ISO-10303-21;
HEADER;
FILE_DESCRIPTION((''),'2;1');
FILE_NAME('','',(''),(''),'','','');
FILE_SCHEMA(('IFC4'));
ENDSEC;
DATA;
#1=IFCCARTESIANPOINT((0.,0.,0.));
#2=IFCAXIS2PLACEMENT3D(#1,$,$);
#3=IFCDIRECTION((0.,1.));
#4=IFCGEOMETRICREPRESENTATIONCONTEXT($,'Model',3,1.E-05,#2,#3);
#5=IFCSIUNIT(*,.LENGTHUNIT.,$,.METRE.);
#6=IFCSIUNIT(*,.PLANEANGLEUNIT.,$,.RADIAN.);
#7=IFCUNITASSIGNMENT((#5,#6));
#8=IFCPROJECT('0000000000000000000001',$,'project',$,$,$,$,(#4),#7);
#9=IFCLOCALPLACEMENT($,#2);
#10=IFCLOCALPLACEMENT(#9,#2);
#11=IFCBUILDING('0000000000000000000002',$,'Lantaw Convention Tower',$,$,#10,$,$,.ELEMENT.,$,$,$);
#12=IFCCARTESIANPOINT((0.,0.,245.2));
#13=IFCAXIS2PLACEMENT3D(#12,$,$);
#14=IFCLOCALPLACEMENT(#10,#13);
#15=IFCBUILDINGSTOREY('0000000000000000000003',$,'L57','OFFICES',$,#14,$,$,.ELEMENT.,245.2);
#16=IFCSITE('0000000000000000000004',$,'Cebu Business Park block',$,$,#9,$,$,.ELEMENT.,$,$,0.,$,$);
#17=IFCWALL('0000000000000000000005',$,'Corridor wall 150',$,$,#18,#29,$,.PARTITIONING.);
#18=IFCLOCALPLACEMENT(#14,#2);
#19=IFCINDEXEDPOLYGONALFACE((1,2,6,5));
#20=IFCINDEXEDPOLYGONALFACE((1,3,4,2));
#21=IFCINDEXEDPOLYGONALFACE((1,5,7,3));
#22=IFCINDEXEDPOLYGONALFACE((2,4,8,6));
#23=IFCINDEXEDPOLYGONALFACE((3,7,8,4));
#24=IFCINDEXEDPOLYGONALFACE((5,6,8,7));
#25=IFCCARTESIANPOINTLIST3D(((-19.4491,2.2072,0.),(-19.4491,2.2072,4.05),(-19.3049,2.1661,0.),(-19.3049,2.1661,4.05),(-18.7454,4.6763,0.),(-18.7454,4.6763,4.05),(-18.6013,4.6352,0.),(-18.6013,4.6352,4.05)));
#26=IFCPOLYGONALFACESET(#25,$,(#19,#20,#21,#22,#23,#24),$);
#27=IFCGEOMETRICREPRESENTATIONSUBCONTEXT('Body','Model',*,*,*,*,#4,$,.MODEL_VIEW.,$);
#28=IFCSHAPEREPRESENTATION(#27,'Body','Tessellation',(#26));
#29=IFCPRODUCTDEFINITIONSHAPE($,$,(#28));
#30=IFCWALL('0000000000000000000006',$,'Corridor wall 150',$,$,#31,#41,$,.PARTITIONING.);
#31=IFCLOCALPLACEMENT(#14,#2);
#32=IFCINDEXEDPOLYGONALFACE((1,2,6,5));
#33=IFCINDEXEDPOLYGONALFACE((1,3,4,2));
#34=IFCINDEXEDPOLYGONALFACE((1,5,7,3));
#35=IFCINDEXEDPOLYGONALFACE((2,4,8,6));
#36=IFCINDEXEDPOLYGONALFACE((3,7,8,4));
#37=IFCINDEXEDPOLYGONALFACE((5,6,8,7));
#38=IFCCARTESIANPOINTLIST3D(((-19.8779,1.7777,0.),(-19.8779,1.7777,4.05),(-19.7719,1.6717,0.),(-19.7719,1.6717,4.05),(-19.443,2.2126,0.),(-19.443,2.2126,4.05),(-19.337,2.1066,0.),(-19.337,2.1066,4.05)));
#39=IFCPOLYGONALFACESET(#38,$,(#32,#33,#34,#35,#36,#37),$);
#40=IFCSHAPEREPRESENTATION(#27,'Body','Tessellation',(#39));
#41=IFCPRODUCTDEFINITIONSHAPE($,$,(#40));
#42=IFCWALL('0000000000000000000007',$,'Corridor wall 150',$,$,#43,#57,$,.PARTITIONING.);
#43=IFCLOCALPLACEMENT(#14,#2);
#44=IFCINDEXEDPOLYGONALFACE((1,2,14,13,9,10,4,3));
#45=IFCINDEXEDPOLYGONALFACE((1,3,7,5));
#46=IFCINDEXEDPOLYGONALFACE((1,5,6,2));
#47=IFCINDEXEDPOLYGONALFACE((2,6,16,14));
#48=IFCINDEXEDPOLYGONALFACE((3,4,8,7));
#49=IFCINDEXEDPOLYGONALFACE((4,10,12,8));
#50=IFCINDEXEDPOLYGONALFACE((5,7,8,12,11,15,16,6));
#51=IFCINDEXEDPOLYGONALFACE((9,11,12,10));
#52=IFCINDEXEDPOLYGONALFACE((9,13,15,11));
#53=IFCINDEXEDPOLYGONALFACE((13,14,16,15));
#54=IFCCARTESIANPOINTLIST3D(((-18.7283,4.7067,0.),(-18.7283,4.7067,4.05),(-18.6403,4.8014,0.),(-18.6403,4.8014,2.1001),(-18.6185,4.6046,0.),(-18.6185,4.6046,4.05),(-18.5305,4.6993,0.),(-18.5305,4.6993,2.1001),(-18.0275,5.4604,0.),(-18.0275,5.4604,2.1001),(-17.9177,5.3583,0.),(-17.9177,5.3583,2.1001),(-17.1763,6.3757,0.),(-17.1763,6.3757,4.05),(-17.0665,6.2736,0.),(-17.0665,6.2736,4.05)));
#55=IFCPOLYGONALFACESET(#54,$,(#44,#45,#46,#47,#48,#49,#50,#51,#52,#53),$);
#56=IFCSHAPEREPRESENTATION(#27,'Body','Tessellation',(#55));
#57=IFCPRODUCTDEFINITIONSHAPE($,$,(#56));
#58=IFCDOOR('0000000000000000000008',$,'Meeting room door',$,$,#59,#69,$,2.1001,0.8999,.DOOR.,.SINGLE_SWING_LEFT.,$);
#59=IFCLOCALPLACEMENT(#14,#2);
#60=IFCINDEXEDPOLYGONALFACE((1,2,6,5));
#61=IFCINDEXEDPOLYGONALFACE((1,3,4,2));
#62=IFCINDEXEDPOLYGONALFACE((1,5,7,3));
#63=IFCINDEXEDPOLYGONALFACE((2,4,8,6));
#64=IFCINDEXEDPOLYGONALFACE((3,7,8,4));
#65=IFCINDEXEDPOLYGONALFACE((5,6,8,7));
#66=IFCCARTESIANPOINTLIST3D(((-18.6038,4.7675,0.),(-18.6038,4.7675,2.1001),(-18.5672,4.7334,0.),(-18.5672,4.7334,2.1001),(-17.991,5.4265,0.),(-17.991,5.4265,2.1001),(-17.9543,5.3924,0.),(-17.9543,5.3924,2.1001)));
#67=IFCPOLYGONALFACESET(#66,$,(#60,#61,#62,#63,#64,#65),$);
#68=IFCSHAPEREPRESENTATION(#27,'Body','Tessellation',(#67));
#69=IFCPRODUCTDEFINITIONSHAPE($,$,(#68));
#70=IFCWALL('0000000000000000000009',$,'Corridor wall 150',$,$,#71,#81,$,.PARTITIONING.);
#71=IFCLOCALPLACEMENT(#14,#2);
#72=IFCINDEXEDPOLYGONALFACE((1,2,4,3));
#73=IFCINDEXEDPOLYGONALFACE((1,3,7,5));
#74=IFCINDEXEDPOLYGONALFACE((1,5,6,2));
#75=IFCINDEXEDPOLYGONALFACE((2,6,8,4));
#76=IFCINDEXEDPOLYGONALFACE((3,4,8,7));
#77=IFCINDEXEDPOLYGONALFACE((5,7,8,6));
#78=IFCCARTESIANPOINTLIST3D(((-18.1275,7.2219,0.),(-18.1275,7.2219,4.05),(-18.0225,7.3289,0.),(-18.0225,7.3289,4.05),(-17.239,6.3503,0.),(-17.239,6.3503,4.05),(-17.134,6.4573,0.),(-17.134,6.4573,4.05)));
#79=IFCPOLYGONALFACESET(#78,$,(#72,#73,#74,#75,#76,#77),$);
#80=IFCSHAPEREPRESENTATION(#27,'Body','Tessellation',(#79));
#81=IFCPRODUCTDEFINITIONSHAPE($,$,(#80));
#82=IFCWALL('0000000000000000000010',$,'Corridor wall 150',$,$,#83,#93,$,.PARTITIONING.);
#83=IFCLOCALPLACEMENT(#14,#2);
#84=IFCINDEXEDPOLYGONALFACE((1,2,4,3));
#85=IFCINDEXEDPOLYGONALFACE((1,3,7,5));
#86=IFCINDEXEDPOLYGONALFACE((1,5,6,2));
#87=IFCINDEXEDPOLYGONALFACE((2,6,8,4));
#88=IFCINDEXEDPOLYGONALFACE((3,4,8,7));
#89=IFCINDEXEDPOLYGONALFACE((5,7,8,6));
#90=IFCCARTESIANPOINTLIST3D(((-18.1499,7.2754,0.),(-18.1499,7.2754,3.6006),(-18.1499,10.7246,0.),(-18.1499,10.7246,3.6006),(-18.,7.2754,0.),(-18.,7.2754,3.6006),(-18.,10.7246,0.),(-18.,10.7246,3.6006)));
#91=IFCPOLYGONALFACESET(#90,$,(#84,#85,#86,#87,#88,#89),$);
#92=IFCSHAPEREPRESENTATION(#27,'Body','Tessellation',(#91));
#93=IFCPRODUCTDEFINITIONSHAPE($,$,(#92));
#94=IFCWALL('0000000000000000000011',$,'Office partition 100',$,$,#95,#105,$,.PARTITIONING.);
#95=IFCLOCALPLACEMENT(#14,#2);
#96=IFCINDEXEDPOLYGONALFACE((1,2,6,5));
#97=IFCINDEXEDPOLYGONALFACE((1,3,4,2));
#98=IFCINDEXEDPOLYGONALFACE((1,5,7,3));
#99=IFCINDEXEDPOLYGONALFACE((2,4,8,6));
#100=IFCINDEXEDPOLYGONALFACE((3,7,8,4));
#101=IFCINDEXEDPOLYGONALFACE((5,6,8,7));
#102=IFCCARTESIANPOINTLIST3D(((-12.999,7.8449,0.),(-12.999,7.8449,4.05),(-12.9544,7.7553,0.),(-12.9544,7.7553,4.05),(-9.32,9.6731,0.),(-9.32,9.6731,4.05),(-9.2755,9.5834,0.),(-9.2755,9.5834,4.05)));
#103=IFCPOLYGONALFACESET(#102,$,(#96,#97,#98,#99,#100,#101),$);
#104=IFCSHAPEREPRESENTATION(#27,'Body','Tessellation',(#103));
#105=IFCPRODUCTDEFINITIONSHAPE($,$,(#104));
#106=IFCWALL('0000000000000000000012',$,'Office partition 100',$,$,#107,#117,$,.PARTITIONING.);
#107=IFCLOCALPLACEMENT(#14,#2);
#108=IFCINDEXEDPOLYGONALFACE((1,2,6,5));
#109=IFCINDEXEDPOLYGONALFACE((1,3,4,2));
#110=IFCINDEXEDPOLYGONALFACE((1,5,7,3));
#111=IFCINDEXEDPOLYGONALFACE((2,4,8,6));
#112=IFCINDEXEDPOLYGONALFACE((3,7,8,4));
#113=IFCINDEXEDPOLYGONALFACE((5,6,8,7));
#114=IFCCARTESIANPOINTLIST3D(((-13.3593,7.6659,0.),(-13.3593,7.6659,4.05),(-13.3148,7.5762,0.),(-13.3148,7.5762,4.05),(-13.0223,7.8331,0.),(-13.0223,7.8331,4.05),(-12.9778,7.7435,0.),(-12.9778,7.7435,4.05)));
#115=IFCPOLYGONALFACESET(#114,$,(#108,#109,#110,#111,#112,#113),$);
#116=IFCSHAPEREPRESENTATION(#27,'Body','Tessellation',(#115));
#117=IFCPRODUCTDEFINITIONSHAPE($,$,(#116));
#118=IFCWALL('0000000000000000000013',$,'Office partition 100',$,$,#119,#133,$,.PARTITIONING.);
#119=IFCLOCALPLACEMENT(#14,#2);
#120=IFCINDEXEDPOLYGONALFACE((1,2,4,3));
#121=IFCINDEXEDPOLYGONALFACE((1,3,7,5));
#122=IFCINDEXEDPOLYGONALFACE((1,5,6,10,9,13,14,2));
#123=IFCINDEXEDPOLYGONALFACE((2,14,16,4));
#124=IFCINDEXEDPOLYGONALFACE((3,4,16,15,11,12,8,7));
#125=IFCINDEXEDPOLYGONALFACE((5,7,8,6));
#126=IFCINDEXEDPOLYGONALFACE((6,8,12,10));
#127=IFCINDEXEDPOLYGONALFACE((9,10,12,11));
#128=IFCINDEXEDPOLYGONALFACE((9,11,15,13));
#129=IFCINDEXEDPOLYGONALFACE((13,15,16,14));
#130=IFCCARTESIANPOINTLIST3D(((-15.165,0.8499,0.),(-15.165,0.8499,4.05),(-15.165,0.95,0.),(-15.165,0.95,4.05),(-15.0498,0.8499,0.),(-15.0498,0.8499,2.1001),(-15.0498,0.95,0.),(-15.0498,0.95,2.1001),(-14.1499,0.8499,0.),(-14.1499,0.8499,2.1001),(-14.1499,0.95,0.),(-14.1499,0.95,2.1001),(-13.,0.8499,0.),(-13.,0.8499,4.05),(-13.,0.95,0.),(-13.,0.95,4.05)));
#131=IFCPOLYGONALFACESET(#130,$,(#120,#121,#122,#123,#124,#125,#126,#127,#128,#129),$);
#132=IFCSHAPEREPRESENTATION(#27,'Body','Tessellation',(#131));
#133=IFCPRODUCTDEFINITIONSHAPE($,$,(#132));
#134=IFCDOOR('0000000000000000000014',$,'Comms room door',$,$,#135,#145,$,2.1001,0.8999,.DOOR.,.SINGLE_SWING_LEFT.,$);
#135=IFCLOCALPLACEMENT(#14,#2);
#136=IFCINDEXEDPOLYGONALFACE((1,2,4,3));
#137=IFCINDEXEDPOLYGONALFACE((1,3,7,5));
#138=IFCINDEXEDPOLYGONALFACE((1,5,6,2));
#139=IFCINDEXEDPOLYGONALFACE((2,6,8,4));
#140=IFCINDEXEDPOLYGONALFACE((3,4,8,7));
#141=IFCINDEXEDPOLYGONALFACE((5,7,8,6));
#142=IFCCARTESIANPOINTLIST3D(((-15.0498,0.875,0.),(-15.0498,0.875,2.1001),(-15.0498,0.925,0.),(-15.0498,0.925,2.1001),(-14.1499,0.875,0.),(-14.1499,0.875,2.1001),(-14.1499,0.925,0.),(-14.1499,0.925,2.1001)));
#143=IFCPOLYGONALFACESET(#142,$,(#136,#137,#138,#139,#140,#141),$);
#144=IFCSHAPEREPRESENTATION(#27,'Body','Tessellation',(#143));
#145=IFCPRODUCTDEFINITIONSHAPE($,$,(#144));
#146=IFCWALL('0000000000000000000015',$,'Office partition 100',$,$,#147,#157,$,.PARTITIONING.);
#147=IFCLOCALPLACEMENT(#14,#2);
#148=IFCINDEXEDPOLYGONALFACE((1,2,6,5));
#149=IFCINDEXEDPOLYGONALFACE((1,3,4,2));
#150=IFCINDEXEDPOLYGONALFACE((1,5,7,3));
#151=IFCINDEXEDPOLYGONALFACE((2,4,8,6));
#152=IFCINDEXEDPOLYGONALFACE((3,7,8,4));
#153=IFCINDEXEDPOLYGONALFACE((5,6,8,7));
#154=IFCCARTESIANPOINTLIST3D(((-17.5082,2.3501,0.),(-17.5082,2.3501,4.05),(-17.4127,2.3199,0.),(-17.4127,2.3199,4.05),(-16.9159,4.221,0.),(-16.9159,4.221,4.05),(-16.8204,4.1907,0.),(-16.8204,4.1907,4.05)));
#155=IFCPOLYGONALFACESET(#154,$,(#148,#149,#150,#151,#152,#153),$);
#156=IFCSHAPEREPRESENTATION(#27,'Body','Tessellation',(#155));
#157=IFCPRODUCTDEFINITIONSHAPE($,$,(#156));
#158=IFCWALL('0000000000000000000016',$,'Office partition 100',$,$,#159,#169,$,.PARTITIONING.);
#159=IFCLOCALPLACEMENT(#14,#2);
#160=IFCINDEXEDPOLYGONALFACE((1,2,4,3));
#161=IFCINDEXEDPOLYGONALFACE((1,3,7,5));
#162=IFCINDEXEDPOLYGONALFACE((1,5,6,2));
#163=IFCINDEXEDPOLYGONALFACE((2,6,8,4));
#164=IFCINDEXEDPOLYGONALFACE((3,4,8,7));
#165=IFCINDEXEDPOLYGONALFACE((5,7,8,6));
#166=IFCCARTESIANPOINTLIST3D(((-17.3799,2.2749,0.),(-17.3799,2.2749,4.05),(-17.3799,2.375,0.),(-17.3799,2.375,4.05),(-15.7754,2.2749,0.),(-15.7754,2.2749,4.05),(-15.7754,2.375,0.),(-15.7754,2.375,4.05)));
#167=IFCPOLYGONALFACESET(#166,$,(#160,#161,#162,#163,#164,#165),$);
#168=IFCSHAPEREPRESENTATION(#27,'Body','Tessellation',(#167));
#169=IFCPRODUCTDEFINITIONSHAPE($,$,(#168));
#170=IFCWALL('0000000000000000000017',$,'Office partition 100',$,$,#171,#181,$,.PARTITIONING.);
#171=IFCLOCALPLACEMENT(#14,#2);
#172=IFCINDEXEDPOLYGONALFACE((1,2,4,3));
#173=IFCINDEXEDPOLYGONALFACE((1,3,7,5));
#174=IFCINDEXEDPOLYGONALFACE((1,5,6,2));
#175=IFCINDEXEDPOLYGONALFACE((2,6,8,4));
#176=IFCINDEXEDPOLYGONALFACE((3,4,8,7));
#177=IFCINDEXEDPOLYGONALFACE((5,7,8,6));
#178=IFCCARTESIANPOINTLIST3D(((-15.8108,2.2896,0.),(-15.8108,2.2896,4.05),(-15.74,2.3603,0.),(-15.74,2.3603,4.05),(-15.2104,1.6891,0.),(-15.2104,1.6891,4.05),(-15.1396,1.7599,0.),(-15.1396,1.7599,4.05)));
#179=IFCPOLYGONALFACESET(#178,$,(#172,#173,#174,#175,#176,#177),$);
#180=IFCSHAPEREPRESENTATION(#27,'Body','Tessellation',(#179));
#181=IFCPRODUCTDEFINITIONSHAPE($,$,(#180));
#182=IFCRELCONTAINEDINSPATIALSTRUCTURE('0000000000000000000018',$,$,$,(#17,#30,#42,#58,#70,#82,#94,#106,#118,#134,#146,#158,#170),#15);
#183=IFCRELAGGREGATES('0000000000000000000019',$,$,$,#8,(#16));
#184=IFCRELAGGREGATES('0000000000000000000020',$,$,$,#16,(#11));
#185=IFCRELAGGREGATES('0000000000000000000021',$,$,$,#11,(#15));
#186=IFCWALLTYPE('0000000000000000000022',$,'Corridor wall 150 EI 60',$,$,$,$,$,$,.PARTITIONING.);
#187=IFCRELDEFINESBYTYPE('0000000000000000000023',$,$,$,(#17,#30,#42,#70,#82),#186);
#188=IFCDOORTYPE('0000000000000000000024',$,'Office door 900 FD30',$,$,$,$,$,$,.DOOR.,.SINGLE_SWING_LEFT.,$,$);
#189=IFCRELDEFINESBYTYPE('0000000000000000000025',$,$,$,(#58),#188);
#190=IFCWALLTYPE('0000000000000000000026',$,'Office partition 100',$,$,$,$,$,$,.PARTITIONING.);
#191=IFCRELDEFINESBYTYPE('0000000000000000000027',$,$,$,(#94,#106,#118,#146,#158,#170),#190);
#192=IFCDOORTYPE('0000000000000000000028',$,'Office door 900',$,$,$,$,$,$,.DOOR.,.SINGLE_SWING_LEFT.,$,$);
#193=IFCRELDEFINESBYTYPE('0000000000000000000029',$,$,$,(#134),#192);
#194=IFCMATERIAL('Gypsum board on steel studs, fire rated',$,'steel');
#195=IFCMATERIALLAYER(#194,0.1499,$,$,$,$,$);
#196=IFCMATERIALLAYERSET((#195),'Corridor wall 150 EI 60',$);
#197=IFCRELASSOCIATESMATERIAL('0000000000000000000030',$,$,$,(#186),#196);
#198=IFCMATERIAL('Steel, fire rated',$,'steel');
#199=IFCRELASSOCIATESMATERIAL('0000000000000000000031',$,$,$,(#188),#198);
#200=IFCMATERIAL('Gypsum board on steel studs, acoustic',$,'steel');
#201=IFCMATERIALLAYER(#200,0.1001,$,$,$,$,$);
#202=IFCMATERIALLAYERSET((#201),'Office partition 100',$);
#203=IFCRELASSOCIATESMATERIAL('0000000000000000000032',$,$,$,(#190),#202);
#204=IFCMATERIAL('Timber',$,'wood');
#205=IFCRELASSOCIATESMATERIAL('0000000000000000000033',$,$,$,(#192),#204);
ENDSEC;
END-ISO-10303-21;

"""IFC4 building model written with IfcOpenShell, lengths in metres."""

from ifc_helpers import new_model, si_unit, direction, frame, frame_2d, origin, place, context, subcontext, project, spatial, rectangle, extrude, material, layer, layer_set, type_object, element, fill, save


model = new_model("IFC4")

# Units and contexts
model_context = context("Model", 3, precision=1e-05, world=origin(), true_north=direction((0.0, 1.0)))
body_context = subcontext(model_context, "Body", "Model", "MODEL_VIEW")
ifc_project = project(units=[si_unit("LENGTHUNIT", "METRE"), si_unit("PLANEANGLEUNIT", "RADIAN")], contexts=[model_context])

# Site, building, storey
site_placement = place(None, origin())
site = spatial("IfcSite", under=ifc_project, at=site_placement, Name="Cebu Business Park block", CompositionType="ELEMENT", RefElevation=0.0)
building_placement = place(site_placement, origin())
building = spatial("IfcBuilding", under=site, at=building_placement, Name="Lantaw Convention Tower", CompositionType="ELEMENT")
storey_placement = place(building_placement, frame((0.0, 0.0, 245.2)))
storey = spatial("IfcBuildingStorey", under=building, at=storey_placement, Name="L57", Description="OFFICES", CompositionType="ELEMENT", Elevation=245.2)

# Walls
ifc_material_1 = material(Name="Gypsum board on steel studs, fire rated", Category="steel")
ifc_layer_1 = layer(ifc_material_1, 0.1499)
ifc_layer_set_1 = layer_set([ifc_layer_1], Name="Corridor wall 150 EI 60")
wall_type_1 = type_object("IfcWallType", Name="Corridor wall 150 EI 60", PredefinedType="PARTITIONING", material=ifc_layer_set_1)
wall_1_placement = place(storey_placement, frame((-18.6733, 4.6558, 0.0), z_axis=(0.0, 0.0, 1.0), x_axis=(-0.274068, -0.96171, 0.0)))
element("IfcWall", 1, at=wall_1_placement, inside=storey, type_object=wall_type_1, Name="Corridor wall 150", PredefinedType="PARTITIONING", context=body_context, shape_type="SweptSolid", body=[
    extrude(rectangle(XDim=2.5674, YDim=0.1499, at=frame_2d((1.2837, 0.0))), origin(), (0.0, 0.0, 1.0), 4.05),
])
wall_2_placement = place(storey_placement, frame((-19.825, 1.7246, 0.0), z_axis=(0.0, 0.0, 1.0), x_axis=(0.707107, 0.707107, 0.0)))
element("IfcWall", 2, at=wall_2_placement, inside=storey, type_object=wall_type_1, Name="Corridor wall 150", PredefinedType="PARTITIONING", context=body_context, shape_type="SweptSolid", body=[
    extrude(rectangle(XDim=0.615, YDim=0.1499, at=frame_2d((0.3076, 0.0))), origin(), (0.0, 0.0, 1.0), 4.05),
])

# Wall, opening, door
wall_3_placement = place(storey_placement, frame((-17.1213, 6.3247, 0.0), z_axis=(0.0, 0.0, 1.0), x_axis=(-0.680985, -0.732297, 0.0)))
wall_3 = element("IfcWall", 3, at=wall_3_placement, inside=storey, type_object=wall_type_1, Name="Corridor wall 150", PredefinedType="PARTITIONING", context=body_context, shape_type="SweptSolid", body=[
    extrude(rectangle(XDim=2.2791, YDim=0.1499, at=frame_2d((1.1396, 0.0))), origin(), (0.0, 0.0, 1.0), 4.05),
])
opening_1_placement = place(wall_3_placement, frame((1.25, 0.0, 0.0)))
opening_1 = element("IfcOpeningElement", 4, at=opening_1_placement, cuts=wall_3, PredefinedType="OPENING", context=body_context, shape_type="SweptSolid", body=[
    extrude(rectangle(XDim=0.8999, YDim=2.1001, at=frame_2d((0.45, 1.05))), frame((0.0, 0.085, 0.0), z_axis=(0.0, -1.0, 0.0), x_axis=(1.0, 0.0, 0.0)), (0.0, 0.0, 1.0), 0.1699),
])
ifc_material_2 = material(Name="Steel, fire rated", Category="steel")
door_type_1 = type_object("IfcDoorType", Name="Office door 900 FD30", OperationType="SINGLE_SWING_LEFT", PredefinedType="DOOR", material=ifc_material_2)
door_1_placement = place(opening_1_placement, origin())
door_1 = element("IfcDoor", 5, at=door_1_placement, inside=storey, type_object=door_type_1, Name="Meeting room door", OperationType="SINGLE_SWING_LEFT", OverallHeight=2.1001, OverallWidth=0.8999, PredefinedType="DOOR", context=body_context, shape_type="SweptSolid", body=[
    extrude(rectangle(XDim=0.8999, YDim=2.1001, at=frame_2d((0.45, 1.05))), frame((0.0, 0.0249, 0.0), z_axis=(0.0, -1.0, 0.0), x_axis=(1.0, 0.0, 0.0)), (0.0, 0.0, 1.0), 0.05),
])
fill(opening_1, door_1)

# Walls
wall_4_placement = place(storey_placement, frame((-17.1865, 6.4038, 0.0), z_axis=(0.0, 0.0, 1.0), x_axis=(-0.713842, 0.700307, 0.0)))
element("IfcWall", 6, at=wall_4_placement, inside=storey, type_object=wall_type_1, Name="Corridor wall 150", PredefinedType="PARTITIONING", context=body_context, shape_type="SweptSolid", body=[
    extrude(rectangle(XDim=1.2446, YDim=0.1499, at=frame_2d((0.6223, 0.0))), origin(), (0.0, 0.0, 1.0), 4.05),
])
wall_5_placement = place(storey_placement, frame((-18.075, 7.2754, 0.0), z_axis=(0.0, 0.0, 1.0), x_axis=(0.0, 1.0, 0.0)))
element("IfcWall", 7, at=wall_5_placement, inside=storey, type_object=wall_type_1, Name="Corridor wall 150", PredefinedType="PARTITIONING", context=body_context, shape_type="SweptSolid", body=[
    extrude(rectangle(XDim=3.4492, YDim=0.1499, at=frame_2d((1.7246, 0.0))), origin(), (0.0, 0.0, 1.0), 3.6006),
])
ifc_material_3 = material(Name="Gypsum board on steel studs, acoustic", Category="steel")
ifc_layer_2 = layer(ifc_material_3, 0.1001)
ifc_layer_set_2 = layer_set([ifc_layer_2], Name="Office partition 100")
wall_type_2 = type_object("IfcWallType", Name="Office partition 100", PredefinedType="PARTITIONING", material=ifc_layer_set_2)
wall_6_placement = place(storey_placement, frame((-12.9768, 7.8, 0.0), z_axis=(0.0, 0.0, 1.0), x_axis=(0.89553, 0.445001, 0.0)))
element("IfcWall", 8, at=wall_6_placement, inside=storey, type_object=wall_type_2, Name="Office partition 100", PredefinedType="PARTITIONING", context=body_context, shape_type="SweptSolid", body=[
    extrude(rectangle(XDim=4.1082, YDim=0.1001, at=frame_2d((2.0542, 0.0))), origin(), (0.0, 0.0, 1.0), 4.05),
])
wall_7_placement = place(storey_placement, frame((-13.3369, 7.6211, 0.0), z_axis=(0.0, 0.0, 1.0), x_axis=(0.895722, 0.444615, 0.0)))
element("IfcWall", 9, at=wall_7_placement, inside=storey, type_object=wall_type_2, Name="Office partition 100", PredefinedType="PARTITIONING", context=body_context, shape_type="SweptSolid", body=[
    extrude(rectangle(XDim=0.3762, YDim=0.1001, at=frame_2d((0.188, 0.0))), origin(), (0.0, 0.0, 1.0), 4.05),
])

# Wall, opening, door
wall_8_placement = place(storey_placement, frame((-13.0, 0.8999, 0.0), z_axis=(0.0, 0.0, 1.0), x_axis=(-1.0, 0.0, 0.0)))
wall_8 = element("IfcWall", 10, at=wall_8_placement, inside=storey, type_object=wall_type_2, Name="Office partition 100", PredefinedType="PARTITIONING", context=body_context, shape_type="SweptSolid", body=[
    extrude(rectangle(XDim=2.165, YDim=0.1001, at=frame_2d((1.0825, 0.0))), origin(), (0.0, 0.0, 1.0), 4.05),
])
opening_2_placement = place(wall_8_placement, frame((1.1499, 0.0, 0.0)))
opening_2 = element("IfcOpeningElement", 11, at=opening_2_placement, cuts=wall_8, PredefinedType="OPENING", context=body_context, shape_type="SweptSolid", body=[
    extrude(rectangle(XDim=0.8999, YDim=2.1001, at=frame_2d((0.45, 1.05))), frame((0.0, 0.0601, 0.0), z_axis=(0.0, -1.0, 0.0), x_axis=(1.0, 0.0, 0.0)), (0.0, 0.0, 1.0), 0.1201),
])
ifc_material_4 = material(Name="Timber", Category="wood")
door_type_2 = type_object("IfcDoorType", Name="Office door 900", OperationType="SINGLE_SWING_LEFT", PredefinedType="DOOR", material=ifc_material_4)
door_2_placement = place(opening_2_placement, origin())
door_2 = element("IfcDoor", 12, at=door_2_placement, inside=storey, type_object=door_type_2, Name="Comms room door", OperationType="SINGLE_SWING_LEFT", OverallHeight=2.1001, OverallWidth=0.8999, PredefinedType="DOOR", context=body_context, shape_type="SweptSolid", body=[
    extrude(rectangle(XDim=0.8999, YDim=2.1001, at=frame_2d((0.45, 1.05))), frame((0.0, 0.0249, 0.0), z_axis=(0.0, -1.0, 0.0), x_axis=(1.0, 0.0, 0.0)), (0.0, 0.0, 1.0), 0.05),
])
fill(opening_2, door_2)

# Walls
wall_9_placement = place(storey_placement, frame((-17.4604, 2.335, 0.0), z_axis=(0.0, 0.0, 1.0), x_axis=(0.301822, 0.953364, 0.0)))
element("IfcWall", 13, at=wall_9_placement, inside=storey, type_object=wall_type_2, Name="Office partition 100", PredefinedType="PARTITIONING", context=body_context, shape_type="SweptSolid", body=[
    extrude(rectangle(XDim=1.9624, YDim=0.1001, at=frame_2d((0.9812, 0.0))), origin(), (0.0, 0.0, 1.0), 4.05),
])
wall_10_placement = place(storey_placement, frame((-17.3799, 2.325, 0.0), z_axis=(0.0, 0.0, 1.0), x_axis=(1.0, 0.0, 0.0)))
element("IfcWall", 14, at=wall_10_placement, inside=storey, type_object=wall_type_2, Name="Office partition 100", PredefinedType="PARTITIONING", context=body_context, shape_type="SweptSolid", body=[
    extrude(rectangle(XDim=1.6045, YDim=0.1001, at=frame_2d((0.8022, 0.0))), origin(), (0.0, 0.0, 1.0), 4.05),
])
wall_11_placement = place(storey_placement, frame((-15.7754, 2.325, 0.0), z_axis=(0.0, 0.0, 1.0), x_axis=(0.707107, -0.707107, 0.0)))
element("IfcWall", 15, at=wall_11_placement, inside=storey, type_object=wall_type_2, Name="Office partition 100", PredefinedType="PARTITIONING", context=body_context, shape_type="SweptSolid", body=[
    extrude(rectangle(XDim=0.8491, YDim=0.1001, at=frame_2d((0.4246, 0.0))), origin(), (0.0, 0.0, 1.0), 4.05),
])

save(model, "model.ifc")
